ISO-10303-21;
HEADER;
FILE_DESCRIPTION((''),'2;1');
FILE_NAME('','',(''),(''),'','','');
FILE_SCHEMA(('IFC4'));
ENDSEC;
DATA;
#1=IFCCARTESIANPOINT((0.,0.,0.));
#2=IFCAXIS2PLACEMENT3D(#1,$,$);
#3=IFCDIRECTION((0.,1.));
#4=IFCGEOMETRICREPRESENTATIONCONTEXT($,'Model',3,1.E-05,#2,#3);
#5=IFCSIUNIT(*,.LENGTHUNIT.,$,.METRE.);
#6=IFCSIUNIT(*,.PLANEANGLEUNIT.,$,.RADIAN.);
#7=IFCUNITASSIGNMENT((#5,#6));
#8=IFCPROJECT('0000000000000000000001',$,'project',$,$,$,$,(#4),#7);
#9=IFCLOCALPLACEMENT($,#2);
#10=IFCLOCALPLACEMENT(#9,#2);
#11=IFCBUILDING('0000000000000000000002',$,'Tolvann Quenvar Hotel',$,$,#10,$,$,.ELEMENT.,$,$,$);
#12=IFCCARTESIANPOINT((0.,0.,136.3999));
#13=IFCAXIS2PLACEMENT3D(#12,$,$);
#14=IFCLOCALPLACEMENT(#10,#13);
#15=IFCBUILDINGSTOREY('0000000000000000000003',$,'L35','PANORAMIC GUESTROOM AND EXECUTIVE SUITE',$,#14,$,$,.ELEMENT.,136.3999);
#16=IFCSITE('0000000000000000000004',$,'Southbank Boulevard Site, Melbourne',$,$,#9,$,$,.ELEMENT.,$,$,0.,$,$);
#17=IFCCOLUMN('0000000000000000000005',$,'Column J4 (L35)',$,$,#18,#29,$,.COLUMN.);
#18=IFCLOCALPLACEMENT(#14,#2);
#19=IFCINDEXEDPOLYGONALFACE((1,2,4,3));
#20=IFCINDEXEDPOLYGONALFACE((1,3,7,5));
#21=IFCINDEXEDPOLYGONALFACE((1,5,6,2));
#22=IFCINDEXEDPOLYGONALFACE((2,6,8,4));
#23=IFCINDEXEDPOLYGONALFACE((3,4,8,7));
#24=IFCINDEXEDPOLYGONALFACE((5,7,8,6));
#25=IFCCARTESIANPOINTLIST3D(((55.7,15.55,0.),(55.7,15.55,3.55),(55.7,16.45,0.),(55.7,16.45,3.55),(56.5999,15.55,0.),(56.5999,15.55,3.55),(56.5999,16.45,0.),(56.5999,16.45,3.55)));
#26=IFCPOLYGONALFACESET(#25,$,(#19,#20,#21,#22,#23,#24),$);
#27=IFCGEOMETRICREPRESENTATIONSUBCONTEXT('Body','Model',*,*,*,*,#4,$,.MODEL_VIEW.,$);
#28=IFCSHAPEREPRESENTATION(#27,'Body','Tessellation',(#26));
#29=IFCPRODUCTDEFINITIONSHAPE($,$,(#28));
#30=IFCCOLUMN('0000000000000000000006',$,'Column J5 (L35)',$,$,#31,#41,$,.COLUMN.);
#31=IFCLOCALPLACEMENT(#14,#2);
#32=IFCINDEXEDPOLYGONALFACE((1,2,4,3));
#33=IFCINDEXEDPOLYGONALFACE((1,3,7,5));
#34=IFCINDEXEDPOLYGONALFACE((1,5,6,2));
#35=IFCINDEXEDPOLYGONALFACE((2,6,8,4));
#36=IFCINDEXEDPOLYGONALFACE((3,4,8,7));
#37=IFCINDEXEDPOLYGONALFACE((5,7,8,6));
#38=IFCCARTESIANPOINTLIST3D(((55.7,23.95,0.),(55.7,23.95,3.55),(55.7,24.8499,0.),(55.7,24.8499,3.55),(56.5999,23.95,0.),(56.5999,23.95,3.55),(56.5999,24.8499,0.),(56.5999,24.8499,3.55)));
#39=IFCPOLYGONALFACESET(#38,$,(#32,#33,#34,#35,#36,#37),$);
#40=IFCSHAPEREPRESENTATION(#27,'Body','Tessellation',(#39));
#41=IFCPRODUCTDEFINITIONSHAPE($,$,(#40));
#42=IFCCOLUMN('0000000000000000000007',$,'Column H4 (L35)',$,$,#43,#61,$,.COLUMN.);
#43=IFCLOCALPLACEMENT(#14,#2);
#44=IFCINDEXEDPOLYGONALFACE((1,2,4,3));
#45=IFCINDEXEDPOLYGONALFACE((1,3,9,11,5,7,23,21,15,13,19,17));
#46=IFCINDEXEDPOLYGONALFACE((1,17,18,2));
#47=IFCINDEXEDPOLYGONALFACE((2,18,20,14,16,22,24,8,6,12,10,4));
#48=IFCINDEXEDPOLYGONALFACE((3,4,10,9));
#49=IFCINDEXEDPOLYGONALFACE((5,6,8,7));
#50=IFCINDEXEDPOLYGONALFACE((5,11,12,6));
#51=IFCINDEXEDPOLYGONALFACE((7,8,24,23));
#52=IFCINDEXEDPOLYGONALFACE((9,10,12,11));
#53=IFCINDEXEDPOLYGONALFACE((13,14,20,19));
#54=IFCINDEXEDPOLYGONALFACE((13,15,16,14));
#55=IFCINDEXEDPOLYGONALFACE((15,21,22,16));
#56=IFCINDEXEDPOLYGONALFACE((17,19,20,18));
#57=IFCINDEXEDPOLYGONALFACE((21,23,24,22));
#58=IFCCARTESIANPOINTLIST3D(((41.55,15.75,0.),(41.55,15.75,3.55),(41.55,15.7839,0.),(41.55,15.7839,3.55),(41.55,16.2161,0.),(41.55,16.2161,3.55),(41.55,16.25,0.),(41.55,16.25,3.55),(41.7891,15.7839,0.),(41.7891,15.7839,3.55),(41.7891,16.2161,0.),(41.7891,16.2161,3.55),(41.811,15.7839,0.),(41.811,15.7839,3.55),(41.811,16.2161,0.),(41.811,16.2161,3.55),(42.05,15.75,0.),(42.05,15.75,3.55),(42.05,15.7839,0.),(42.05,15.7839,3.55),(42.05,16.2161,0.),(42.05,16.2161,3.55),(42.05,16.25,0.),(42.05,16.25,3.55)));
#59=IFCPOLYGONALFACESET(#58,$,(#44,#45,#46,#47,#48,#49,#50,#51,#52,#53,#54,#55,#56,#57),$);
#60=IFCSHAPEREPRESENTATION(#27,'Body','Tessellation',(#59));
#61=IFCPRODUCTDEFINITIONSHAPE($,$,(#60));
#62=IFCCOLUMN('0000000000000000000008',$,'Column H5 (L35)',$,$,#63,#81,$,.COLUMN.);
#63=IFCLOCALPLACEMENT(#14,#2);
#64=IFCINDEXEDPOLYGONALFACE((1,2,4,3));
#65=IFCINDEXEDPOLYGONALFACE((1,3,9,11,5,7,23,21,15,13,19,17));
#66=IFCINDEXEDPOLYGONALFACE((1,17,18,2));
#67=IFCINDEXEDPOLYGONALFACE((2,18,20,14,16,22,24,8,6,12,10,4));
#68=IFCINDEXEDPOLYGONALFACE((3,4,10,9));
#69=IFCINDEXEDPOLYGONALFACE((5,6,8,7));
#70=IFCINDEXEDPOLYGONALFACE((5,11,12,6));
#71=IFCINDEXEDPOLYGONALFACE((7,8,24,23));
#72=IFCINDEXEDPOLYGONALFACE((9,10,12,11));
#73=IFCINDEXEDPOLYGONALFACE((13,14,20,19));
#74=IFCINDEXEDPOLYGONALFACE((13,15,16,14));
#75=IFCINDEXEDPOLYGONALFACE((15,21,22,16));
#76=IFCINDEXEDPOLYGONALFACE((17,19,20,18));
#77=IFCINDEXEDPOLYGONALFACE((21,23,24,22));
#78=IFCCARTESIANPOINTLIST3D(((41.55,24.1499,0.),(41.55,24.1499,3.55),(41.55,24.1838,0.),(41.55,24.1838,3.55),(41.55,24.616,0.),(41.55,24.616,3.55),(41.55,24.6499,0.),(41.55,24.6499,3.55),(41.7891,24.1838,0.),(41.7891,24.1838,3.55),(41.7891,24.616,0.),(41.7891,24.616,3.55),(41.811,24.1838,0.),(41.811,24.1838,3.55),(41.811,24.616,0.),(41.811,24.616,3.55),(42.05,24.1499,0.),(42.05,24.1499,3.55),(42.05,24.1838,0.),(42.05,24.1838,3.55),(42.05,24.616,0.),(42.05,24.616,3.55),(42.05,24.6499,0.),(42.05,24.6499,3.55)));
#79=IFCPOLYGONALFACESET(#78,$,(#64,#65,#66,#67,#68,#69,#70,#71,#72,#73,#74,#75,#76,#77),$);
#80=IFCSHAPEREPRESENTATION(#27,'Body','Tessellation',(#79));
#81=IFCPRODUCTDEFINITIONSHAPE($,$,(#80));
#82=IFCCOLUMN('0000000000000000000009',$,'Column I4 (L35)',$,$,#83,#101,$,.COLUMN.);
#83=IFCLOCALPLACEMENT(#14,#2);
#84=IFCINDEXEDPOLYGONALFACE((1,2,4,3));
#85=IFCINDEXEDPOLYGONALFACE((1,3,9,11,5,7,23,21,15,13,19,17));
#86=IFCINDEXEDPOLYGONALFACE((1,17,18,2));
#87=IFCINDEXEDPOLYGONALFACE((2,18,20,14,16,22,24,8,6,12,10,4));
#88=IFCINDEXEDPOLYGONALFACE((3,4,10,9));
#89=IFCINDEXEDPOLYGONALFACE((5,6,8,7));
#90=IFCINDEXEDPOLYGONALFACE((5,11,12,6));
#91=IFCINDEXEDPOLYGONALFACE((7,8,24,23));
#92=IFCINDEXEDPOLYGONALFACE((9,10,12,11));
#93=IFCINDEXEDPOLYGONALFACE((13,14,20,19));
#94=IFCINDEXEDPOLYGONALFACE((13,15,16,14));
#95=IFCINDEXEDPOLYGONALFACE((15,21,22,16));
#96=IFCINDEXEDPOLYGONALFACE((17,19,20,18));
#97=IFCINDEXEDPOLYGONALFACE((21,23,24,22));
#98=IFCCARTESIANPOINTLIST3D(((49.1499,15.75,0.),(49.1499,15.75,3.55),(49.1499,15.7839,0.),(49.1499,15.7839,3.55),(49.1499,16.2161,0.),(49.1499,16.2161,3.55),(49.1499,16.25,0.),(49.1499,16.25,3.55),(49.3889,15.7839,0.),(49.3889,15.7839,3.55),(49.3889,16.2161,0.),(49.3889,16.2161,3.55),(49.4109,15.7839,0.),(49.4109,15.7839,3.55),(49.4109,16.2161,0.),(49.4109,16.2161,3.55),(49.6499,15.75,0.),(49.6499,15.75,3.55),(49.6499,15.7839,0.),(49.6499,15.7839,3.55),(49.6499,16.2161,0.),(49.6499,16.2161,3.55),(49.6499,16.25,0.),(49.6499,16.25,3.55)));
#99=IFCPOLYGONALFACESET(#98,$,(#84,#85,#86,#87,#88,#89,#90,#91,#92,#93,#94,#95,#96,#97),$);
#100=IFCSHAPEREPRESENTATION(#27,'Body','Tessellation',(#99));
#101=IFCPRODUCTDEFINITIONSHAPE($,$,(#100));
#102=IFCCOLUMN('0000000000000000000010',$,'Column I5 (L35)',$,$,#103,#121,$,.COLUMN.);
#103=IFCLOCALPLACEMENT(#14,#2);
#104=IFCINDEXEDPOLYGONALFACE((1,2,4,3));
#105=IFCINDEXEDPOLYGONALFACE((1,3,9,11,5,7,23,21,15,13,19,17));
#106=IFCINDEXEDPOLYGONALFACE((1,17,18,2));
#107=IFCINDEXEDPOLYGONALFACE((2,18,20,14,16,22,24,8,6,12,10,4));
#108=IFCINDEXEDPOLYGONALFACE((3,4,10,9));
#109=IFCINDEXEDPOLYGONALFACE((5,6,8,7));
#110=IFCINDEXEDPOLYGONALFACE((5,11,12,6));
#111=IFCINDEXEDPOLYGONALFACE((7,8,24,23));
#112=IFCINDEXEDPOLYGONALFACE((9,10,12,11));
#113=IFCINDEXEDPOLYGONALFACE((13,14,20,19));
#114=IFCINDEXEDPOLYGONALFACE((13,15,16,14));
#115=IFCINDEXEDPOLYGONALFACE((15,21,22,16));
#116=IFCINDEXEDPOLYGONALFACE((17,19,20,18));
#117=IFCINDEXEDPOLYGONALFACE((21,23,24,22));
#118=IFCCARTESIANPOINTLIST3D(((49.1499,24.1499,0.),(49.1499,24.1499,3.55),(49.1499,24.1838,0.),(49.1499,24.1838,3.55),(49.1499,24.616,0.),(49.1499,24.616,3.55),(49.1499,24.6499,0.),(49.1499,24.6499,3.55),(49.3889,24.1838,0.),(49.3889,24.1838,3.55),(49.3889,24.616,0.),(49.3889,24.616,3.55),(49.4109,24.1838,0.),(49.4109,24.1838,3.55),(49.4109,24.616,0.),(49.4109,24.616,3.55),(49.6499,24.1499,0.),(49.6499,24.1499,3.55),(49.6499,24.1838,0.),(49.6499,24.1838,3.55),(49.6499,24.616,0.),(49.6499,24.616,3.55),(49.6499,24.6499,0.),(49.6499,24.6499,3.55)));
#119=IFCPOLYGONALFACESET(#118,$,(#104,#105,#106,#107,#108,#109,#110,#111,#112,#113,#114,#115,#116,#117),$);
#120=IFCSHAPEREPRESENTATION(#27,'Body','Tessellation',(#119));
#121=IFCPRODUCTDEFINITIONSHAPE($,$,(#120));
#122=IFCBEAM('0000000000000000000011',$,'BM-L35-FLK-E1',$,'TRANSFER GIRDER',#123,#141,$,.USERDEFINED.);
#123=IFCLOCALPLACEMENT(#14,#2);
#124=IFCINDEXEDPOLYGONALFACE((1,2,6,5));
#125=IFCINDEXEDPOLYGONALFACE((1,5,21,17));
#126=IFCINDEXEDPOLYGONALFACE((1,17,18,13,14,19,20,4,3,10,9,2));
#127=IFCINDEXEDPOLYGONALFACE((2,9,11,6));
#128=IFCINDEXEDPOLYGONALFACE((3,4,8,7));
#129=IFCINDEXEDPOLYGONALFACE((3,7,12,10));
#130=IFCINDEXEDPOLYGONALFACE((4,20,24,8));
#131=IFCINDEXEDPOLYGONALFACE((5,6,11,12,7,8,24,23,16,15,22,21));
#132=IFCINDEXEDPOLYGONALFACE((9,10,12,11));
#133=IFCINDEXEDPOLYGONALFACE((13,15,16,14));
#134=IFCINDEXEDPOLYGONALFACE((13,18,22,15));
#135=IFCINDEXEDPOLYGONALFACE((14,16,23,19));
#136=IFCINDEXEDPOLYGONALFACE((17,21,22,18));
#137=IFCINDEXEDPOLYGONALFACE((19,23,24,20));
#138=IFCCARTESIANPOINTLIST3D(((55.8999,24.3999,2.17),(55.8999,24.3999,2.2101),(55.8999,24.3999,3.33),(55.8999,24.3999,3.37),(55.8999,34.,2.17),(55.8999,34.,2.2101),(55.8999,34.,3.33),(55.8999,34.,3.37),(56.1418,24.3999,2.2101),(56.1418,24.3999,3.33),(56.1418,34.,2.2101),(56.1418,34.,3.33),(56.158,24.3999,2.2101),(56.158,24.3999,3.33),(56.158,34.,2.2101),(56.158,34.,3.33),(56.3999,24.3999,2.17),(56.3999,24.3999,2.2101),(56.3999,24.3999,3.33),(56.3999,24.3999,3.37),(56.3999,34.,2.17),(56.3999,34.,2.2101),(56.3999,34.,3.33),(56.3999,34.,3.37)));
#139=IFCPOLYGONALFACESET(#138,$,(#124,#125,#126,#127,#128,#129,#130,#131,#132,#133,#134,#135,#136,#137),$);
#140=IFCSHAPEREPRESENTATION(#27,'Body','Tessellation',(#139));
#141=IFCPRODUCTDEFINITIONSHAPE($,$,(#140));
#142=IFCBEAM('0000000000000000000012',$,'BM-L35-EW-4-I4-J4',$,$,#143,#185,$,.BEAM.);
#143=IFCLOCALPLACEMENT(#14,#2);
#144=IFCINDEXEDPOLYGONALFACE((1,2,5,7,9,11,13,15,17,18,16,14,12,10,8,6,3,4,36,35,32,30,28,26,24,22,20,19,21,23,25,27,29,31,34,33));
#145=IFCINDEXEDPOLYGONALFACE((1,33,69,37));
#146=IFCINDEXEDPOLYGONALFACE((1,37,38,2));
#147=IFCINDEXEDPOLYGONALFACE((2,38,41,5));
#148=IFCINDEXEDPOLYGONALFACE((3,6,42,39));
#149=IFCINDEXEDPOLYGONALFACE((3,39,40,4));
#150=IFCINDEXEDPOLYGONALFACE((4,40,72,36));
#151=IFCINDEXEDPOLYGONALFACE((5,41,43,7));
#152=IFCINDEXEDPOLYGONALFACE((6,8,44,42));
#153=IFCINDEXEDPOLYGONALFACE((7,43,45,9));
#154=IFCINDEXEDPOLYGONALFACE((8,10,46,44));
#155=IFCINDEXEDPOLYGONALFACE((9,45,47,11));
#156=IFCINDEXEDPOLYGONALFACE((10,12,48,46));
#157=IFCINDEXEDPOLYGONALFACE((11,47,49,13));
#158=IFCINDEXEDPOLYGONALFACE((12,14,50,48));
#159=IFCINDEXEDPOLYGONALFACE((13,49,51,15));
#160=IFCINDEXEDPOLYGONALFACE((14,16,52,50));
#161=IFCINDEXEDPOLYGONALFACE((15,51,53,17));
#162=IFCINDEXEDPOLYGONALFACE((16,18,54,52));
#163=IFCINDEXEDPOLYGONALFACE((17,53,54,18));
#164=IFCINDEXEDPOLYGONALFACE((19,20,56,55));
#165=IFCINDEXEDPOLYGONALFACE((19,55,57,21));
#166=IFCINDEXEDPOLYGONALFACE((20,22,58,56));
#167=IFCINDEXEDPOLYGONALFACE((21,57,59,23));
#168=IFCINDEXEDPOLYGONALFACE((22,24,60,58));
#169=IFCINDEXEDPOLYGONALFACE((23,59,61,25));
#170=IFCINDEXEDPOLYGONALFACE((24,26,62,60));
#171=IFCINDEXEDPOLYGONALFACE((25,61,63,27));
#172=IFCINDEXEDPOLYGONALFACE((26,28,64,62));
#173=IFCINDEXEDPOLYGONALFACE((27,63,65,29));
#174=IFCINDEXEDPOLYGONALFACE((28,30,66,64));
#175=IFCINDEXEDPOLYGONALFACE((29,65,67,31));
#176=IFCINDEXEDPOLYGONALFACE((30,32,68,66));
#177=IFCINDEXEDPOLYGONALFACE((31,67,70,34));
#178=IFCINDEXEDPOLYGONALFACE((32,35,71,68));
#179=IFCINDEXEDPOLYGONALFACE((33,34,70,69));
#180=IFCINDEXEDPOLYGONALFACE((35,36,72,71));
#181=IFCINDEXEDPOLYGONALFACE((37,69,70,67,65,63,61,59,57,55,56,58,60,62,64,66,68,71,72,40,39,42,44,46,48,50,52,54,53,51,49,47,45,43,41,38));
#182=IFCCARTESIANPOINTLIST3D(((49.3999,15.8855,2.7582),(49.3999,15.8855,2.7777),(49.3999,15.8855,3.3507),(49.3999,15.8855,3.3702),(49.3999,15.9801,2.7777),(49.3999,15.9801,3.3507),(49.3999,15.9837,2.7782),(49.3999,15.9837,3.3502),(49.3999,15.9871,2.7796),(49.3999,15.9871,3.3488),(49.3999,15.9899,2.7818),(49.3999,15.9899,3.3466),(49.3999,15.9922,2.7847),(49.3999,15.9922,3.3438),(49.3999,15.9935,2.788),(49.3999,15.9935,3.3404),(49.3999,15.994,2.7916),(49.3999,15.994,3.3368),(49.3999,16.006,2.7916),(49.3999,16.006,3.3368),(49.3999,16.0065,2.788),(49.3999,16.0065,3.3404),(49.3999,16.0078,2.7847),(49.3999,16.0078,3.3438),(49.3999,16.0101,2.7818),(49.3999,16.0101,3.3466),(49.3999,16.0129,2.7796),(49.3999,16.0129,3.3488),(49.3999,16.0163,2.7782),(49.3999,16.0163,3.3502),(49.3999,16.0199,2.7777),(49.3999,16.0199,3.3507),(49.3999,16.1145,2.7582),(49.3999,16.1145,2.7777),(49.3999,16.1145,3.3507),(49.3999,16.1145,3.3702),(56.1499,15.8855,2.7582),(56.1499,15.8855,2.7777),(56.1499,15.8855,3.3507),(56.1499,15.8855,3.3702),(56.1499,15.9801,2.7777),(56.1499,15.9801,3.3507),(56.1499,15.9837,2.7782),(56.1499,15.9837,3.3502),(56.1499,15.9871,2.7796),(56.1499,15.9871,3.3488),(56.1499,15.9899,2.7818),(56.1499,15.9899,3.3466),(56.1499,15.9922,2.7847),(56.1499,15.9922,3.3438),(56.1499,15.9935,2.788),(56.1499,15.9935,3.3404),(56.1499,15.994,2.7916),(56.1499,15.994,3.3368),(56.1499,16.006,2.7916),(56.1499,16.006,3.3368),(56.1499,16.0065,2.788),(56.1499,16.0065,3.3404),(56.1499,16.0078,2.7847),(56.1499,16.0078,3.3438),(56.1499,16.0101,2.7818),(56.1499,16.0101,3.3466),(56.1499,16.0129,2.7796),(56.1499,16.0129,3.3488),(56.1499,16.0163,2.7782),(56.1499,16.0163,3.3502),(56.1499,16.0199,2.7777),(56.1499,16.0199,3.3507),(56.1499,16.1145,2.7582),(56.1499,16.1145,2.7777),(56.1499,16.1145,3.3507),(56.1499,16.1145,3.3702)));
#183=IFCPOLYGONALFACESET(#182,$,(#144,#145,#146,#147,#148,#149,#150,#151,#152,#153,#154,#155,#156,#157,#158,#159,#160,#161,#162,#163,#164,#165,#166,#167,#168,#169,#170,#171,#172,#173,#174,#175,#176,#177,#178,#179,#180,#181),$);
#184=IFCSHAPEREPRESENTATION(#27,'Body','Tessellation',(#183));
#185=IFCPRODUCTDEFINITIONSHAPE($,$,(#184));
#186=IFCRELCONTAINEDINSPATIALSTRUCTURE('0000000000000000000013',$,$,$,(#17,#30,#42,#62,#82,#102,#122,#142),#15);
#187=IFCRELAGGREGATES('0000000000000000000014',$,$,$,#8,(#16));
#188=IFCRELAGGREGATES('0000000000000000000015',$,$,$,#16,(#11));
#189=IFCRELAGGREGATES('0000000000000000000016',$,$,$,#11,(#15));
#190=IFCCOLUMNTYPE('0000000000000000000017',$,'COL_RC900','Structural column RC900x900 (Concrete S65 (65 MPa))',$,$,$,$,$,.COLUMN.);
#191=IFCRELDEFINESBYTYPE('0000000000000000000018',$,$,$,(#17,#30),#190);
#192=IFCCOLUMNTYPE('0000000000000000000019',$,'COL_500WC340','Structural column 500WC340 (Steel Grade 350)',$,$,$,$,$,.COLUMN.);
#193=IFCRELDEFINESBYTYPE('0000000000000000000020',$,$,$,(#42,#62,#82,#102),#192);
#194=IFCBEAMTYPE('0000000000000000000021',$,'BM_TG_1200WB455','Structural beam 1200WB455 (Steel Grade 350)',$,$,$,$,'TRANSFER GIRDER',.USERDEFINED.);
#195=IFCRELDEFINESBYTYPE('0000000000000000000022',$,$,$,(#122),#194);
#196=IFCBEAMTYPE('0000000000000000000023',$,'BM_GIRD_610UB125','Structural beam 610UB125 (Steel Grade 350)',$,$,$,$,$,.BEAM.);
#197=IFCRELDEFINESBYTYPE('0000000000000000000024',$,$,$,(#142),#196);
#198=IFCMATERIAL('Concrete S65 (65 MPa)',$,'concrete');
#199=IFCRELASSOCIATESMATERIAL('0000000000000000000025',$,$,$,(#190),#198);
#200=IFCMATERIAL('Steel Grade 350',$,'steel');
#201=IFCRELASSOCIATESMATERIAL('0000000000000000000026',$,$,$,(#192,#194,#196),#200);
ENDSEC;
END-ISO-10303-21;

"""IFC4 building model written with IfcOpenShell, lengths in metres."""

from ifc_helpers import new_model, si_unit, direction, frame, origin, origin_2d, place, context, subcontext, project, spatial, rectangle, i_section, extrude, source, transform, mapped, material, material_profile, profile_set, type_object, type_shapes, element, save


model = new_model("IFC4")

# Units and contexts
model_context = context("Model", 3, precision=1e-05, world=origin(), true_north=direction((0.0, 1.0)))
body_context = subcontext(model_context, "Body", "Model", "MODEL_VIEW")
ifc_project = project(units=[si_unit("LENGTHUNIT", "METRE"), si_unit("PLANEANGLEUNIT", "RADIAN")], contexts=[model_context])

# Site, building, storey
site_placement = place(None, origin())
site = spatial("IfcSite", under=ifc_project, at=site_placement, Name="Southbank Boulevard Site, Melbourne", CompositionType="ELEMENT", RefElevation=0.0)
building_placement = place(site_placement, origin())
building = spatial("IfcBuilding", under=site, at=building_placement, Name="Tolvann Quenvar Hotel", CompositionType="ELEMENT")
storey_placement = place(building_placement, frame((0.0, 0.0, 136.3999)))
storey = spatial("IfcBuildingStorey", under=building, at=storey_placement, Name="L35", Description="PANORAMIC GUESTROOM AND EXECUTIVE SUITE", CompositionType="ELEMENT", Elevation=136.3999)

# Columns
ifc_material_1 = material(Name="Concrete S65 (65 MPa)", Category="concrete")
ifc_material_profile_1 = material_profile(ifc_material_1, rectangle(XDim=0.8999, YDim=0.8999, at=origin_2d()), Name="RC900x900")
ifc_profile_set_1 = profile_set([ifc_material_profile_1], Name="Concrete S65 (65 MPa)")
column_type_1 = type_object("IfcColumnType", Name="COL_RC900", Description="Structural column RC900x900 (Concrete S65 (65 MPa))", PredefinedType="COLUMN", material=ifc_profile_set_1)
shared_shape_1 = source(origin(), body_context, "Body", "SweptSolid", [
    extrude(rectangle(XDim=0.8999, YDim=0.8999, at=origin_2d()), origin(), (0.0, 0.0, 1.0), 3.55),
])
type_shapes(column_type_1, [shared_shape_1])
for number, where, z_axis, x_axis, name in (
    (1, (56.1499, 16.0, 0.0), (0.0, 0.0, 1.0), (1.0, 0.0, 0.0), "Column J4 (L35)"),
    (2, (56.1499, 24.3999, 0.0), (0.0, 0.0, 1.0), (1.0, 0.0, 0.0), "Column J5 (L35)"),
):
    element("IfcColumn", number, at=place(storey_placement, frame(where, z_axis=z_axis, x_axis=x_axis)), inside=storey, type_object=column_type_1, Name=name, PredefinedType="COLUMN", context=body_context, shape_type="MappedRepresentation", body=[
        mapped(shared_shape_1, transform((0.0, 0.0, 0.0), x_axis=(1.0, 0.0, 0.0), y_axis=(0.0, 1.0, 0.0), z_axis=(0.0, 0.0, 1.0), scale=1.0)),
    ])
ifc_material_2 = material(Name="Steel Grade 350", Category="steel")
ifc_material_profile_2 = material_profile(ifc_material_2, i_section(OverallWidth=0.5, OverallDepth=0.5, WebThickness=0.022, FlangeThickness=0.0339, at=origin_2d()), Name="500WC340")
ifc_profile_set_2 = profile_set([ifc_material_profile_2], Name="Steel Grade 350")
column_type_2 = type_object("IfcColumnType", Name="COL_500WC340", Description="Structural column 500WC340 (Steel Grade 350)", PredefinedType="COLUMN", material=ifc_profile_set_2)
shared_shape_2 = source(origin(), body_context, "Body", "SweptSolid", [
    extrude(i_section(OverallWidth=0.5, OverallDepth=0.5, WebThickness=0.022, FlangeThickness=0.0339, at=origin_2d()), origin(), (0.0, 0.0, 1.0), 3.55),
])
type_shapes(column_type_2, [shared_shape_2])
for number, where, z_axis, x_axis, name in (
    (3, (41.8, 16.0, 0.0), (0.0, 0.0, 1.0), (1.0, 0.0, 0.0), "Column H4 (L35)"),
    (4, (41.8, 24.3999, 0.0), (0.0, 0.0, 1.0), (1.0, 0.0, 0.0), "Column H5 (L35)"),
    (5, (49.3999, 16.0, 0.0), (0.0, 0.0, 1.0), (1.0, 0.0, 0.0), "Column I4 (L35)"),
    (6, (49.3999, 24.3999, 0.0), (0.0, 0.0, 1.0), (1.0, 0.0, 0.0), "Column I5 (L35)"),
):
    element("IfcColumn", number, at=place(storey_placement, frame(where, z_axis=z_axis, x_axis=x_axis)), inside=storey, type_object=column_type_2, Name=name, PredefinedType="COLUMN", context=body_context, shape_type="MappedRepresentation", body=[
        mapped(shared_shape_2, transform((0.0, 0.0, 0.0), x_axis=(1.0, 0.0, 0.0), y_axis=(0.0, 1.0, 0.0), z_axis=(0.0, 0.0, 1.0), scale=1.0)),
    ])

# Beams
ifc_material_profile_3 = material_profile(ifc_material_2, i_section(OverallWidth=0.5, OverallDepth=1.2, WebThickness=0.0161, FlangeThickness=0.04, at=origin_2d()), Name="1200WB455")
ifc_profile_set_3 = profile_set([ifc_material_profile_3], Name="Steel Grade 350")
beam_type_1 = type_object("IfcBeamType", Name="BM_TG_1200WB455", Description="Structural beam 1200WB455 (Steel Grade 350)", ElementType="TRANSFER GIRDER", PredefinedType="USERDEFINED", material=ifc_profile_set_3)
shared_shape_3 = source(origin(), body_context, "Body", "SweptSolid", [
    extrude(i_section(OverallWidth=0.5, OverallDepth=1.2, WebThickness=0.0161, FlangeThickness=0.04, at=origin_2d()), origin(), (0.0, 0.0, 1.0), 9.6001),
])
beam_1_placement = place(storey_placement, frame((56.1499, 24.3999, 2.77), z_axis=(0.0, 1.0, 0.0), x_axis=(-1.0, 0.0, 0.0)))
element("IfcBeam", 7, at=beam_1_placement, inside=storey, type_object=beam_type_1, Name="BM-L35-FLK-E1", ObjectType="TRANSFER GIRDER", PredefinedType="USERDEFINED", context=body_context, shape_type="MappedRepresentation", body=[
    mapped(shared_shape_3, transform((0.0, 0.0, 0.0), x_axis=(1.0, 0.0, 0.0), y_axis=(0.0, 1.0, 0.0), z_axis=(0.0, 0.0, 1.0), scale=1.0)),
])
ifc_material_profile_4 = material_profile(ifc_material_2, i_section(OverallWidth=0.229, OverallDepth=0.6121, WebThickness=0.012, FlangeThickness=0.0195, FilletRadius=0.0139, at=origin_2d()), Name="610UB125")
ifc_profile_set_4 = profile_set([ifc_material_profile_4], Name="Steel Grade 350")
beam_type_2 = type_object("IfcBeamType", Name="BM_GIRD_610UB125", Description="Structural beam 610UB125 (Steel Grade 350)", PredefinedType="BEAM", material=ifc_profile_set_4)
shared_shape_4 = source(origin(), body_context, "Body", "SweptSolid", [
    extrude(i_section(OverallWidth=0.229, OverallDepth=0.6121, WebThickness=0.012, FlangeThickness=0.0195, FilletRadius=0.0139, at=origin_2d()), origin(), (0.0, 0.0, 1.0), 6.75),
])
for number, where, z_axis, x_axis, name in (
    (8, (49.3999, 16.0, 3.0642), (1.0, 0.0, 0.0), (0.0, 1.0, 0.0), "BM-L35-EW-4-I4-J4"),
):
    element("IfcBeam", number, at=place(storey_placement, frame(where, z_axis=z_axis, x_axis=x_axis)), inside=storey, type_object=beam_type_2, Name=name, PredefinedType="BEAM", context=body_context, shape_type="MappedRepresentation", body=[
        mapped(shared_shape_4, transform((0.0, 0.0, 0.0), x_axis=(1.0, 0.0, 0.0), y_axis=(0.0, 1.0, 0.0), z_axis=(0.0, 0.0, 1.0), scale=1.0)),
    ])

save(model, "model.ifc")
